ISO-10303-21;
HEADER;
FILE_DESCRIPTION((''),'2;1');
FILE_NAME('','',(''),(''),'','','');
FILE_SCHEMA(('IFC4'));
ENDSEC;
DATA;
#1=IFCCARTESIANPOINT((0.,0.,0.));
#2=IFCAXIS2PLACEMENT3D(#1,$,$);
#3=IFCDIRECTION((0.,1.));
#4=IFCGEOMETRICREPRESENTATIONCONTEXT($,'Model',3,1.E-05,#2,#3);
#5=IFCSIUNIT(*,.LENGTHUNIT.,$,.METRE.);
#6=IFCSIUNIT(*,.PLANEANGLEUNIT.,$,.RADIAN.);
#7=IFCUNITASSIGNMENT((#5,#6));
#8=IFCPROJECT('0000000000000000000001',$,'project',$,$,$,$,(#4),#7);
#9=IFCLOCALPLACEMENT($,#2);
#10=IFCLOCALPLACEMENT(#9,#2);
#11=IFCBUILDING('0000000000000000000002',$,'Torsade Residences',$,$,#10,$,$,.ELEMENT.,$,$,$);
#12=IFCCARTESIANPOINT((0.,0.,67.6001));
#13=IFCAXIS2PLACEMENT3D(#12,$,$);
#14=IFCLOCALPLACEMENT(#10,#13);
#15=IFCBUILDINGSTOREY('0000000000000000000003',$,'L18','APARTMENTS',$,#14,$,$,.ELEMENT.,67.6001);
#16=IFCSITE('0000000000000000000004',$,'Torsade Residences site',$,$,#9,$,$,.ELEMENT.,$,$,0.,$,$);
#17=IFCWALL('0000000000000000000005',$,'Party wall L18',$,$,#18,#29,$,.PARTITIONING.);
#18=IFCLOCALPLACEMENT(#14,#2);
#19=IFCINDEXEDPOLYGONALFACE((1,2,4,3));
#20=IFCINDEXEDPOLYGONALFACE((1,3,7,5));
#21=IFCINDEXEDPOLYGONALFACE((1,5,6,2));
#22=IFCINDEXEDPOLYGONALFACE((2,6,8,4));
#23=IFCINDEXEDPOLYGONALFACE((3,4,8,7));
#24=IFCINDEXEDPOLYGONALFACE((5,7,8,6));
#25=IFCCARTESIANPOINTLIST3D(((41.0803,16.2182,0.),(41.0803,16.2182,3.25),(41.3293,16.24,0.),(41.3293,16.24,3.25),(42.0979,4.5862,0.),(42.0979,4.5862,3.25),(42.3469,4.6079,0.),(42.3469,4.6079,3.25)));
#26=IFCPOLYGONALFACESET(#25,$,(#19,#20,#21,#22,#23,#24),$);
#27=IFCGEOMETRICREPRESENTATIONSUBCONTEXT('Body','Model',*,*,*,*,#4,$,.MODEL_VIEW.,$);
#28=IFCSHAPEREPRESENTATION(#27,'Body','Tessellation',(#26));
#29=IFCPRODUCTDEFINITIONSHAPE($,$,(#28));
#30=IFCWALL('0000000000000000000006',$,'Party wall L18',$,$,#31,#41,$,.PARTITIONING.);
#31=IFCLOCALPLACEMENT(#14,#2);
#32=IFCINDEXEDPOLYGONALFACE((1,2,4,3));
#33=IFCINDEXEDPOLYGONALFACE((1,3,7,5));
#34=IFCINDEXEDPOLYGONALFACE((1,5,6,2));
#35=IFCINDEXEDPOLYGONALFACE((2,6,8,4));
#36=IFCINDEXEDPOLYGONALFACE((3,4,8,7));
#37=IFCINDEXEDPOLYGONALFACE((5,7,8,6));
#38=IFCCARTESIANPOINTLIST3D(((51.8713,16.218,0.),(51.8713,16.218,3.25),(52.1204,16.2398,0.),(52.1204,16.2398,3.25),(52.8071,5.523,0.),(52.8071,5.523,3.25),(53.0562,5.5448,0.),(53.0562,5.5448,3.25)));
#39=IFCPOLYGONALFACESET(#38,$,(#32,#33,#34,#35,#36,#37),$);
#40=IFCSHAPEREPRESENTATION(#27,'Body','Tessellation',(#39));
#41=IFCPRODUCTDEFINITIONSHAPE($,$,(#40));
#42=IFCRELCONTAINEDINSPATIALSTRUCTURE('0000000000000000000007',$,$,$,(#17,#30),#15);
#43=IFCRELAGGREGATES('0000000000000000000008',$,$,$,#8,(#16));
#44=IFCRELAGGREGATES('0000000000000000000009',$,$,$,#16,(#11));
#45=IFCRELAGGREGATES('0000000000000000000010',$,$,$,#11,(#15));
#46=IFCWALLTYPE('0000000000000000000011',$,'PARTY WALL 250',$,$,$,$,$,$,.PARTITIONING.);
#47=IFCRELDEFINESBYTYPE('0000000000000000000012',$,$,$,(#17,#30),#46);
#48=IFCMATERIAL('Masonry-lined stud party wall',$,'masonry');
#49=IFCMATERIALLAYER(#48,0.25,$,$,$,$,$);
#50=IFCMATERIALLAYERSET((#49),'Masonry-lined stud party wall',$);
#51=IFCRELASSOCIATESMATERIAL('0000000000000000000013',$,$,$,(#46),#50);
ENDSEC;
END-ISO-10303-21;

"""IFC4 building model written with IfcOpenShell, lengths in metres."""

from ifc_helpers import new_model, si_unit, direction, frame, frame_2d, origin, place, context, subcontext, project, spatial, rectangle, extrude, material, layer, layer_set, type_object, element, save


model = new_model("IFC4")

# Units and contexts
model_context = context("Model", 3, precision=1e-05, world=origin(), true_north=direction((0.0, 1.0)))
body_context = subcontext(model_context, "Body", "Model", "MODEL_VIEW")
ifc_project = project(units=[si_unit("LENGTHUNIT", "METRE"), si_unit("PLANEANGLEUNIT", "RADIAN")], contexts=[model_context])

# Site, building, storey
site_placement = place(None, origin())
site = spatial("IfcSite", under=ifc_project, at=site_placement, Name="Torsade Residences site", CompositionType="ELEMENT", RefElevation=0.0)
building_placement = place(site_placement, origin())
building = spatial("IfcBuilding", under=site, at=building_placement, Name="Torsade Residences", CompositionType="ELEMENT")
storey_placement = place(building_placement, frame((0.0, 0.0, 67.6001)))
storey = spatial("IfcBuildingStorey", under=building, at=storey_placement, Name="L18", Description="APARTMENTS", CompositionType="ELEMENT", Elevation=67.6001)

# Walls
ifc_material_1 = material(Name="Masonry-lined stud party wall", Category="masonry")
ifc_layer_1 = layer(ifc_material_1, 0.25)
ifc_layer_set_1 = layer_set([ifc_layer_1], Name="Masonry-lined stud party wall")
wall_type_1 = type_object("IfcWallType", Name="PARTY WALL 250", PredefinedType="PARTITIONING", material=ifc_layer_set_1)
wall_1_placement = place(storey_placement, frame((42.2224, 4.5969, 0.0), z_axis=(0.0, 0.0, 1.0), x_axis=(-0.087147, 0.996195, 0.0)))
element("IfcWall", 1, at=wall_1_placement, inside=storey, type_object=wall_type_1, Name="Party wall L18", PredefinedType="PARTITIONING", context=body_context, shape_type="SweptSolid", body=[
    extrude(rectangle(XDim=11.6765, YDim=0.25, at=frame_2d((5.8384, 0.0))), origin(), (0.0, 0.0, 1.0), 3.25),
])
wall_2_placement = place(storey_placement, frame((52.9316, 5.5339, 0.0), z_axis=(0.0, 0.0, 1.0), x_axis=(-0.087164, 0.996194, 0.0)))
element("IfcWall", 2, at=wall_2_placement, inside=storey, type_object=wall_type_1, Name="Party wall L18", PredefinedType="PARTITIONING", context=body_context, shape_type="SweptSolid", body=[
    extrude(rectangle(XDim=10.7358, YDim=0.25, at=frame_2d((5.3679, 0.0))), origin(), (0.0, 0.0, 1.0), 3.25),
])

save(model, "model.ifc")
